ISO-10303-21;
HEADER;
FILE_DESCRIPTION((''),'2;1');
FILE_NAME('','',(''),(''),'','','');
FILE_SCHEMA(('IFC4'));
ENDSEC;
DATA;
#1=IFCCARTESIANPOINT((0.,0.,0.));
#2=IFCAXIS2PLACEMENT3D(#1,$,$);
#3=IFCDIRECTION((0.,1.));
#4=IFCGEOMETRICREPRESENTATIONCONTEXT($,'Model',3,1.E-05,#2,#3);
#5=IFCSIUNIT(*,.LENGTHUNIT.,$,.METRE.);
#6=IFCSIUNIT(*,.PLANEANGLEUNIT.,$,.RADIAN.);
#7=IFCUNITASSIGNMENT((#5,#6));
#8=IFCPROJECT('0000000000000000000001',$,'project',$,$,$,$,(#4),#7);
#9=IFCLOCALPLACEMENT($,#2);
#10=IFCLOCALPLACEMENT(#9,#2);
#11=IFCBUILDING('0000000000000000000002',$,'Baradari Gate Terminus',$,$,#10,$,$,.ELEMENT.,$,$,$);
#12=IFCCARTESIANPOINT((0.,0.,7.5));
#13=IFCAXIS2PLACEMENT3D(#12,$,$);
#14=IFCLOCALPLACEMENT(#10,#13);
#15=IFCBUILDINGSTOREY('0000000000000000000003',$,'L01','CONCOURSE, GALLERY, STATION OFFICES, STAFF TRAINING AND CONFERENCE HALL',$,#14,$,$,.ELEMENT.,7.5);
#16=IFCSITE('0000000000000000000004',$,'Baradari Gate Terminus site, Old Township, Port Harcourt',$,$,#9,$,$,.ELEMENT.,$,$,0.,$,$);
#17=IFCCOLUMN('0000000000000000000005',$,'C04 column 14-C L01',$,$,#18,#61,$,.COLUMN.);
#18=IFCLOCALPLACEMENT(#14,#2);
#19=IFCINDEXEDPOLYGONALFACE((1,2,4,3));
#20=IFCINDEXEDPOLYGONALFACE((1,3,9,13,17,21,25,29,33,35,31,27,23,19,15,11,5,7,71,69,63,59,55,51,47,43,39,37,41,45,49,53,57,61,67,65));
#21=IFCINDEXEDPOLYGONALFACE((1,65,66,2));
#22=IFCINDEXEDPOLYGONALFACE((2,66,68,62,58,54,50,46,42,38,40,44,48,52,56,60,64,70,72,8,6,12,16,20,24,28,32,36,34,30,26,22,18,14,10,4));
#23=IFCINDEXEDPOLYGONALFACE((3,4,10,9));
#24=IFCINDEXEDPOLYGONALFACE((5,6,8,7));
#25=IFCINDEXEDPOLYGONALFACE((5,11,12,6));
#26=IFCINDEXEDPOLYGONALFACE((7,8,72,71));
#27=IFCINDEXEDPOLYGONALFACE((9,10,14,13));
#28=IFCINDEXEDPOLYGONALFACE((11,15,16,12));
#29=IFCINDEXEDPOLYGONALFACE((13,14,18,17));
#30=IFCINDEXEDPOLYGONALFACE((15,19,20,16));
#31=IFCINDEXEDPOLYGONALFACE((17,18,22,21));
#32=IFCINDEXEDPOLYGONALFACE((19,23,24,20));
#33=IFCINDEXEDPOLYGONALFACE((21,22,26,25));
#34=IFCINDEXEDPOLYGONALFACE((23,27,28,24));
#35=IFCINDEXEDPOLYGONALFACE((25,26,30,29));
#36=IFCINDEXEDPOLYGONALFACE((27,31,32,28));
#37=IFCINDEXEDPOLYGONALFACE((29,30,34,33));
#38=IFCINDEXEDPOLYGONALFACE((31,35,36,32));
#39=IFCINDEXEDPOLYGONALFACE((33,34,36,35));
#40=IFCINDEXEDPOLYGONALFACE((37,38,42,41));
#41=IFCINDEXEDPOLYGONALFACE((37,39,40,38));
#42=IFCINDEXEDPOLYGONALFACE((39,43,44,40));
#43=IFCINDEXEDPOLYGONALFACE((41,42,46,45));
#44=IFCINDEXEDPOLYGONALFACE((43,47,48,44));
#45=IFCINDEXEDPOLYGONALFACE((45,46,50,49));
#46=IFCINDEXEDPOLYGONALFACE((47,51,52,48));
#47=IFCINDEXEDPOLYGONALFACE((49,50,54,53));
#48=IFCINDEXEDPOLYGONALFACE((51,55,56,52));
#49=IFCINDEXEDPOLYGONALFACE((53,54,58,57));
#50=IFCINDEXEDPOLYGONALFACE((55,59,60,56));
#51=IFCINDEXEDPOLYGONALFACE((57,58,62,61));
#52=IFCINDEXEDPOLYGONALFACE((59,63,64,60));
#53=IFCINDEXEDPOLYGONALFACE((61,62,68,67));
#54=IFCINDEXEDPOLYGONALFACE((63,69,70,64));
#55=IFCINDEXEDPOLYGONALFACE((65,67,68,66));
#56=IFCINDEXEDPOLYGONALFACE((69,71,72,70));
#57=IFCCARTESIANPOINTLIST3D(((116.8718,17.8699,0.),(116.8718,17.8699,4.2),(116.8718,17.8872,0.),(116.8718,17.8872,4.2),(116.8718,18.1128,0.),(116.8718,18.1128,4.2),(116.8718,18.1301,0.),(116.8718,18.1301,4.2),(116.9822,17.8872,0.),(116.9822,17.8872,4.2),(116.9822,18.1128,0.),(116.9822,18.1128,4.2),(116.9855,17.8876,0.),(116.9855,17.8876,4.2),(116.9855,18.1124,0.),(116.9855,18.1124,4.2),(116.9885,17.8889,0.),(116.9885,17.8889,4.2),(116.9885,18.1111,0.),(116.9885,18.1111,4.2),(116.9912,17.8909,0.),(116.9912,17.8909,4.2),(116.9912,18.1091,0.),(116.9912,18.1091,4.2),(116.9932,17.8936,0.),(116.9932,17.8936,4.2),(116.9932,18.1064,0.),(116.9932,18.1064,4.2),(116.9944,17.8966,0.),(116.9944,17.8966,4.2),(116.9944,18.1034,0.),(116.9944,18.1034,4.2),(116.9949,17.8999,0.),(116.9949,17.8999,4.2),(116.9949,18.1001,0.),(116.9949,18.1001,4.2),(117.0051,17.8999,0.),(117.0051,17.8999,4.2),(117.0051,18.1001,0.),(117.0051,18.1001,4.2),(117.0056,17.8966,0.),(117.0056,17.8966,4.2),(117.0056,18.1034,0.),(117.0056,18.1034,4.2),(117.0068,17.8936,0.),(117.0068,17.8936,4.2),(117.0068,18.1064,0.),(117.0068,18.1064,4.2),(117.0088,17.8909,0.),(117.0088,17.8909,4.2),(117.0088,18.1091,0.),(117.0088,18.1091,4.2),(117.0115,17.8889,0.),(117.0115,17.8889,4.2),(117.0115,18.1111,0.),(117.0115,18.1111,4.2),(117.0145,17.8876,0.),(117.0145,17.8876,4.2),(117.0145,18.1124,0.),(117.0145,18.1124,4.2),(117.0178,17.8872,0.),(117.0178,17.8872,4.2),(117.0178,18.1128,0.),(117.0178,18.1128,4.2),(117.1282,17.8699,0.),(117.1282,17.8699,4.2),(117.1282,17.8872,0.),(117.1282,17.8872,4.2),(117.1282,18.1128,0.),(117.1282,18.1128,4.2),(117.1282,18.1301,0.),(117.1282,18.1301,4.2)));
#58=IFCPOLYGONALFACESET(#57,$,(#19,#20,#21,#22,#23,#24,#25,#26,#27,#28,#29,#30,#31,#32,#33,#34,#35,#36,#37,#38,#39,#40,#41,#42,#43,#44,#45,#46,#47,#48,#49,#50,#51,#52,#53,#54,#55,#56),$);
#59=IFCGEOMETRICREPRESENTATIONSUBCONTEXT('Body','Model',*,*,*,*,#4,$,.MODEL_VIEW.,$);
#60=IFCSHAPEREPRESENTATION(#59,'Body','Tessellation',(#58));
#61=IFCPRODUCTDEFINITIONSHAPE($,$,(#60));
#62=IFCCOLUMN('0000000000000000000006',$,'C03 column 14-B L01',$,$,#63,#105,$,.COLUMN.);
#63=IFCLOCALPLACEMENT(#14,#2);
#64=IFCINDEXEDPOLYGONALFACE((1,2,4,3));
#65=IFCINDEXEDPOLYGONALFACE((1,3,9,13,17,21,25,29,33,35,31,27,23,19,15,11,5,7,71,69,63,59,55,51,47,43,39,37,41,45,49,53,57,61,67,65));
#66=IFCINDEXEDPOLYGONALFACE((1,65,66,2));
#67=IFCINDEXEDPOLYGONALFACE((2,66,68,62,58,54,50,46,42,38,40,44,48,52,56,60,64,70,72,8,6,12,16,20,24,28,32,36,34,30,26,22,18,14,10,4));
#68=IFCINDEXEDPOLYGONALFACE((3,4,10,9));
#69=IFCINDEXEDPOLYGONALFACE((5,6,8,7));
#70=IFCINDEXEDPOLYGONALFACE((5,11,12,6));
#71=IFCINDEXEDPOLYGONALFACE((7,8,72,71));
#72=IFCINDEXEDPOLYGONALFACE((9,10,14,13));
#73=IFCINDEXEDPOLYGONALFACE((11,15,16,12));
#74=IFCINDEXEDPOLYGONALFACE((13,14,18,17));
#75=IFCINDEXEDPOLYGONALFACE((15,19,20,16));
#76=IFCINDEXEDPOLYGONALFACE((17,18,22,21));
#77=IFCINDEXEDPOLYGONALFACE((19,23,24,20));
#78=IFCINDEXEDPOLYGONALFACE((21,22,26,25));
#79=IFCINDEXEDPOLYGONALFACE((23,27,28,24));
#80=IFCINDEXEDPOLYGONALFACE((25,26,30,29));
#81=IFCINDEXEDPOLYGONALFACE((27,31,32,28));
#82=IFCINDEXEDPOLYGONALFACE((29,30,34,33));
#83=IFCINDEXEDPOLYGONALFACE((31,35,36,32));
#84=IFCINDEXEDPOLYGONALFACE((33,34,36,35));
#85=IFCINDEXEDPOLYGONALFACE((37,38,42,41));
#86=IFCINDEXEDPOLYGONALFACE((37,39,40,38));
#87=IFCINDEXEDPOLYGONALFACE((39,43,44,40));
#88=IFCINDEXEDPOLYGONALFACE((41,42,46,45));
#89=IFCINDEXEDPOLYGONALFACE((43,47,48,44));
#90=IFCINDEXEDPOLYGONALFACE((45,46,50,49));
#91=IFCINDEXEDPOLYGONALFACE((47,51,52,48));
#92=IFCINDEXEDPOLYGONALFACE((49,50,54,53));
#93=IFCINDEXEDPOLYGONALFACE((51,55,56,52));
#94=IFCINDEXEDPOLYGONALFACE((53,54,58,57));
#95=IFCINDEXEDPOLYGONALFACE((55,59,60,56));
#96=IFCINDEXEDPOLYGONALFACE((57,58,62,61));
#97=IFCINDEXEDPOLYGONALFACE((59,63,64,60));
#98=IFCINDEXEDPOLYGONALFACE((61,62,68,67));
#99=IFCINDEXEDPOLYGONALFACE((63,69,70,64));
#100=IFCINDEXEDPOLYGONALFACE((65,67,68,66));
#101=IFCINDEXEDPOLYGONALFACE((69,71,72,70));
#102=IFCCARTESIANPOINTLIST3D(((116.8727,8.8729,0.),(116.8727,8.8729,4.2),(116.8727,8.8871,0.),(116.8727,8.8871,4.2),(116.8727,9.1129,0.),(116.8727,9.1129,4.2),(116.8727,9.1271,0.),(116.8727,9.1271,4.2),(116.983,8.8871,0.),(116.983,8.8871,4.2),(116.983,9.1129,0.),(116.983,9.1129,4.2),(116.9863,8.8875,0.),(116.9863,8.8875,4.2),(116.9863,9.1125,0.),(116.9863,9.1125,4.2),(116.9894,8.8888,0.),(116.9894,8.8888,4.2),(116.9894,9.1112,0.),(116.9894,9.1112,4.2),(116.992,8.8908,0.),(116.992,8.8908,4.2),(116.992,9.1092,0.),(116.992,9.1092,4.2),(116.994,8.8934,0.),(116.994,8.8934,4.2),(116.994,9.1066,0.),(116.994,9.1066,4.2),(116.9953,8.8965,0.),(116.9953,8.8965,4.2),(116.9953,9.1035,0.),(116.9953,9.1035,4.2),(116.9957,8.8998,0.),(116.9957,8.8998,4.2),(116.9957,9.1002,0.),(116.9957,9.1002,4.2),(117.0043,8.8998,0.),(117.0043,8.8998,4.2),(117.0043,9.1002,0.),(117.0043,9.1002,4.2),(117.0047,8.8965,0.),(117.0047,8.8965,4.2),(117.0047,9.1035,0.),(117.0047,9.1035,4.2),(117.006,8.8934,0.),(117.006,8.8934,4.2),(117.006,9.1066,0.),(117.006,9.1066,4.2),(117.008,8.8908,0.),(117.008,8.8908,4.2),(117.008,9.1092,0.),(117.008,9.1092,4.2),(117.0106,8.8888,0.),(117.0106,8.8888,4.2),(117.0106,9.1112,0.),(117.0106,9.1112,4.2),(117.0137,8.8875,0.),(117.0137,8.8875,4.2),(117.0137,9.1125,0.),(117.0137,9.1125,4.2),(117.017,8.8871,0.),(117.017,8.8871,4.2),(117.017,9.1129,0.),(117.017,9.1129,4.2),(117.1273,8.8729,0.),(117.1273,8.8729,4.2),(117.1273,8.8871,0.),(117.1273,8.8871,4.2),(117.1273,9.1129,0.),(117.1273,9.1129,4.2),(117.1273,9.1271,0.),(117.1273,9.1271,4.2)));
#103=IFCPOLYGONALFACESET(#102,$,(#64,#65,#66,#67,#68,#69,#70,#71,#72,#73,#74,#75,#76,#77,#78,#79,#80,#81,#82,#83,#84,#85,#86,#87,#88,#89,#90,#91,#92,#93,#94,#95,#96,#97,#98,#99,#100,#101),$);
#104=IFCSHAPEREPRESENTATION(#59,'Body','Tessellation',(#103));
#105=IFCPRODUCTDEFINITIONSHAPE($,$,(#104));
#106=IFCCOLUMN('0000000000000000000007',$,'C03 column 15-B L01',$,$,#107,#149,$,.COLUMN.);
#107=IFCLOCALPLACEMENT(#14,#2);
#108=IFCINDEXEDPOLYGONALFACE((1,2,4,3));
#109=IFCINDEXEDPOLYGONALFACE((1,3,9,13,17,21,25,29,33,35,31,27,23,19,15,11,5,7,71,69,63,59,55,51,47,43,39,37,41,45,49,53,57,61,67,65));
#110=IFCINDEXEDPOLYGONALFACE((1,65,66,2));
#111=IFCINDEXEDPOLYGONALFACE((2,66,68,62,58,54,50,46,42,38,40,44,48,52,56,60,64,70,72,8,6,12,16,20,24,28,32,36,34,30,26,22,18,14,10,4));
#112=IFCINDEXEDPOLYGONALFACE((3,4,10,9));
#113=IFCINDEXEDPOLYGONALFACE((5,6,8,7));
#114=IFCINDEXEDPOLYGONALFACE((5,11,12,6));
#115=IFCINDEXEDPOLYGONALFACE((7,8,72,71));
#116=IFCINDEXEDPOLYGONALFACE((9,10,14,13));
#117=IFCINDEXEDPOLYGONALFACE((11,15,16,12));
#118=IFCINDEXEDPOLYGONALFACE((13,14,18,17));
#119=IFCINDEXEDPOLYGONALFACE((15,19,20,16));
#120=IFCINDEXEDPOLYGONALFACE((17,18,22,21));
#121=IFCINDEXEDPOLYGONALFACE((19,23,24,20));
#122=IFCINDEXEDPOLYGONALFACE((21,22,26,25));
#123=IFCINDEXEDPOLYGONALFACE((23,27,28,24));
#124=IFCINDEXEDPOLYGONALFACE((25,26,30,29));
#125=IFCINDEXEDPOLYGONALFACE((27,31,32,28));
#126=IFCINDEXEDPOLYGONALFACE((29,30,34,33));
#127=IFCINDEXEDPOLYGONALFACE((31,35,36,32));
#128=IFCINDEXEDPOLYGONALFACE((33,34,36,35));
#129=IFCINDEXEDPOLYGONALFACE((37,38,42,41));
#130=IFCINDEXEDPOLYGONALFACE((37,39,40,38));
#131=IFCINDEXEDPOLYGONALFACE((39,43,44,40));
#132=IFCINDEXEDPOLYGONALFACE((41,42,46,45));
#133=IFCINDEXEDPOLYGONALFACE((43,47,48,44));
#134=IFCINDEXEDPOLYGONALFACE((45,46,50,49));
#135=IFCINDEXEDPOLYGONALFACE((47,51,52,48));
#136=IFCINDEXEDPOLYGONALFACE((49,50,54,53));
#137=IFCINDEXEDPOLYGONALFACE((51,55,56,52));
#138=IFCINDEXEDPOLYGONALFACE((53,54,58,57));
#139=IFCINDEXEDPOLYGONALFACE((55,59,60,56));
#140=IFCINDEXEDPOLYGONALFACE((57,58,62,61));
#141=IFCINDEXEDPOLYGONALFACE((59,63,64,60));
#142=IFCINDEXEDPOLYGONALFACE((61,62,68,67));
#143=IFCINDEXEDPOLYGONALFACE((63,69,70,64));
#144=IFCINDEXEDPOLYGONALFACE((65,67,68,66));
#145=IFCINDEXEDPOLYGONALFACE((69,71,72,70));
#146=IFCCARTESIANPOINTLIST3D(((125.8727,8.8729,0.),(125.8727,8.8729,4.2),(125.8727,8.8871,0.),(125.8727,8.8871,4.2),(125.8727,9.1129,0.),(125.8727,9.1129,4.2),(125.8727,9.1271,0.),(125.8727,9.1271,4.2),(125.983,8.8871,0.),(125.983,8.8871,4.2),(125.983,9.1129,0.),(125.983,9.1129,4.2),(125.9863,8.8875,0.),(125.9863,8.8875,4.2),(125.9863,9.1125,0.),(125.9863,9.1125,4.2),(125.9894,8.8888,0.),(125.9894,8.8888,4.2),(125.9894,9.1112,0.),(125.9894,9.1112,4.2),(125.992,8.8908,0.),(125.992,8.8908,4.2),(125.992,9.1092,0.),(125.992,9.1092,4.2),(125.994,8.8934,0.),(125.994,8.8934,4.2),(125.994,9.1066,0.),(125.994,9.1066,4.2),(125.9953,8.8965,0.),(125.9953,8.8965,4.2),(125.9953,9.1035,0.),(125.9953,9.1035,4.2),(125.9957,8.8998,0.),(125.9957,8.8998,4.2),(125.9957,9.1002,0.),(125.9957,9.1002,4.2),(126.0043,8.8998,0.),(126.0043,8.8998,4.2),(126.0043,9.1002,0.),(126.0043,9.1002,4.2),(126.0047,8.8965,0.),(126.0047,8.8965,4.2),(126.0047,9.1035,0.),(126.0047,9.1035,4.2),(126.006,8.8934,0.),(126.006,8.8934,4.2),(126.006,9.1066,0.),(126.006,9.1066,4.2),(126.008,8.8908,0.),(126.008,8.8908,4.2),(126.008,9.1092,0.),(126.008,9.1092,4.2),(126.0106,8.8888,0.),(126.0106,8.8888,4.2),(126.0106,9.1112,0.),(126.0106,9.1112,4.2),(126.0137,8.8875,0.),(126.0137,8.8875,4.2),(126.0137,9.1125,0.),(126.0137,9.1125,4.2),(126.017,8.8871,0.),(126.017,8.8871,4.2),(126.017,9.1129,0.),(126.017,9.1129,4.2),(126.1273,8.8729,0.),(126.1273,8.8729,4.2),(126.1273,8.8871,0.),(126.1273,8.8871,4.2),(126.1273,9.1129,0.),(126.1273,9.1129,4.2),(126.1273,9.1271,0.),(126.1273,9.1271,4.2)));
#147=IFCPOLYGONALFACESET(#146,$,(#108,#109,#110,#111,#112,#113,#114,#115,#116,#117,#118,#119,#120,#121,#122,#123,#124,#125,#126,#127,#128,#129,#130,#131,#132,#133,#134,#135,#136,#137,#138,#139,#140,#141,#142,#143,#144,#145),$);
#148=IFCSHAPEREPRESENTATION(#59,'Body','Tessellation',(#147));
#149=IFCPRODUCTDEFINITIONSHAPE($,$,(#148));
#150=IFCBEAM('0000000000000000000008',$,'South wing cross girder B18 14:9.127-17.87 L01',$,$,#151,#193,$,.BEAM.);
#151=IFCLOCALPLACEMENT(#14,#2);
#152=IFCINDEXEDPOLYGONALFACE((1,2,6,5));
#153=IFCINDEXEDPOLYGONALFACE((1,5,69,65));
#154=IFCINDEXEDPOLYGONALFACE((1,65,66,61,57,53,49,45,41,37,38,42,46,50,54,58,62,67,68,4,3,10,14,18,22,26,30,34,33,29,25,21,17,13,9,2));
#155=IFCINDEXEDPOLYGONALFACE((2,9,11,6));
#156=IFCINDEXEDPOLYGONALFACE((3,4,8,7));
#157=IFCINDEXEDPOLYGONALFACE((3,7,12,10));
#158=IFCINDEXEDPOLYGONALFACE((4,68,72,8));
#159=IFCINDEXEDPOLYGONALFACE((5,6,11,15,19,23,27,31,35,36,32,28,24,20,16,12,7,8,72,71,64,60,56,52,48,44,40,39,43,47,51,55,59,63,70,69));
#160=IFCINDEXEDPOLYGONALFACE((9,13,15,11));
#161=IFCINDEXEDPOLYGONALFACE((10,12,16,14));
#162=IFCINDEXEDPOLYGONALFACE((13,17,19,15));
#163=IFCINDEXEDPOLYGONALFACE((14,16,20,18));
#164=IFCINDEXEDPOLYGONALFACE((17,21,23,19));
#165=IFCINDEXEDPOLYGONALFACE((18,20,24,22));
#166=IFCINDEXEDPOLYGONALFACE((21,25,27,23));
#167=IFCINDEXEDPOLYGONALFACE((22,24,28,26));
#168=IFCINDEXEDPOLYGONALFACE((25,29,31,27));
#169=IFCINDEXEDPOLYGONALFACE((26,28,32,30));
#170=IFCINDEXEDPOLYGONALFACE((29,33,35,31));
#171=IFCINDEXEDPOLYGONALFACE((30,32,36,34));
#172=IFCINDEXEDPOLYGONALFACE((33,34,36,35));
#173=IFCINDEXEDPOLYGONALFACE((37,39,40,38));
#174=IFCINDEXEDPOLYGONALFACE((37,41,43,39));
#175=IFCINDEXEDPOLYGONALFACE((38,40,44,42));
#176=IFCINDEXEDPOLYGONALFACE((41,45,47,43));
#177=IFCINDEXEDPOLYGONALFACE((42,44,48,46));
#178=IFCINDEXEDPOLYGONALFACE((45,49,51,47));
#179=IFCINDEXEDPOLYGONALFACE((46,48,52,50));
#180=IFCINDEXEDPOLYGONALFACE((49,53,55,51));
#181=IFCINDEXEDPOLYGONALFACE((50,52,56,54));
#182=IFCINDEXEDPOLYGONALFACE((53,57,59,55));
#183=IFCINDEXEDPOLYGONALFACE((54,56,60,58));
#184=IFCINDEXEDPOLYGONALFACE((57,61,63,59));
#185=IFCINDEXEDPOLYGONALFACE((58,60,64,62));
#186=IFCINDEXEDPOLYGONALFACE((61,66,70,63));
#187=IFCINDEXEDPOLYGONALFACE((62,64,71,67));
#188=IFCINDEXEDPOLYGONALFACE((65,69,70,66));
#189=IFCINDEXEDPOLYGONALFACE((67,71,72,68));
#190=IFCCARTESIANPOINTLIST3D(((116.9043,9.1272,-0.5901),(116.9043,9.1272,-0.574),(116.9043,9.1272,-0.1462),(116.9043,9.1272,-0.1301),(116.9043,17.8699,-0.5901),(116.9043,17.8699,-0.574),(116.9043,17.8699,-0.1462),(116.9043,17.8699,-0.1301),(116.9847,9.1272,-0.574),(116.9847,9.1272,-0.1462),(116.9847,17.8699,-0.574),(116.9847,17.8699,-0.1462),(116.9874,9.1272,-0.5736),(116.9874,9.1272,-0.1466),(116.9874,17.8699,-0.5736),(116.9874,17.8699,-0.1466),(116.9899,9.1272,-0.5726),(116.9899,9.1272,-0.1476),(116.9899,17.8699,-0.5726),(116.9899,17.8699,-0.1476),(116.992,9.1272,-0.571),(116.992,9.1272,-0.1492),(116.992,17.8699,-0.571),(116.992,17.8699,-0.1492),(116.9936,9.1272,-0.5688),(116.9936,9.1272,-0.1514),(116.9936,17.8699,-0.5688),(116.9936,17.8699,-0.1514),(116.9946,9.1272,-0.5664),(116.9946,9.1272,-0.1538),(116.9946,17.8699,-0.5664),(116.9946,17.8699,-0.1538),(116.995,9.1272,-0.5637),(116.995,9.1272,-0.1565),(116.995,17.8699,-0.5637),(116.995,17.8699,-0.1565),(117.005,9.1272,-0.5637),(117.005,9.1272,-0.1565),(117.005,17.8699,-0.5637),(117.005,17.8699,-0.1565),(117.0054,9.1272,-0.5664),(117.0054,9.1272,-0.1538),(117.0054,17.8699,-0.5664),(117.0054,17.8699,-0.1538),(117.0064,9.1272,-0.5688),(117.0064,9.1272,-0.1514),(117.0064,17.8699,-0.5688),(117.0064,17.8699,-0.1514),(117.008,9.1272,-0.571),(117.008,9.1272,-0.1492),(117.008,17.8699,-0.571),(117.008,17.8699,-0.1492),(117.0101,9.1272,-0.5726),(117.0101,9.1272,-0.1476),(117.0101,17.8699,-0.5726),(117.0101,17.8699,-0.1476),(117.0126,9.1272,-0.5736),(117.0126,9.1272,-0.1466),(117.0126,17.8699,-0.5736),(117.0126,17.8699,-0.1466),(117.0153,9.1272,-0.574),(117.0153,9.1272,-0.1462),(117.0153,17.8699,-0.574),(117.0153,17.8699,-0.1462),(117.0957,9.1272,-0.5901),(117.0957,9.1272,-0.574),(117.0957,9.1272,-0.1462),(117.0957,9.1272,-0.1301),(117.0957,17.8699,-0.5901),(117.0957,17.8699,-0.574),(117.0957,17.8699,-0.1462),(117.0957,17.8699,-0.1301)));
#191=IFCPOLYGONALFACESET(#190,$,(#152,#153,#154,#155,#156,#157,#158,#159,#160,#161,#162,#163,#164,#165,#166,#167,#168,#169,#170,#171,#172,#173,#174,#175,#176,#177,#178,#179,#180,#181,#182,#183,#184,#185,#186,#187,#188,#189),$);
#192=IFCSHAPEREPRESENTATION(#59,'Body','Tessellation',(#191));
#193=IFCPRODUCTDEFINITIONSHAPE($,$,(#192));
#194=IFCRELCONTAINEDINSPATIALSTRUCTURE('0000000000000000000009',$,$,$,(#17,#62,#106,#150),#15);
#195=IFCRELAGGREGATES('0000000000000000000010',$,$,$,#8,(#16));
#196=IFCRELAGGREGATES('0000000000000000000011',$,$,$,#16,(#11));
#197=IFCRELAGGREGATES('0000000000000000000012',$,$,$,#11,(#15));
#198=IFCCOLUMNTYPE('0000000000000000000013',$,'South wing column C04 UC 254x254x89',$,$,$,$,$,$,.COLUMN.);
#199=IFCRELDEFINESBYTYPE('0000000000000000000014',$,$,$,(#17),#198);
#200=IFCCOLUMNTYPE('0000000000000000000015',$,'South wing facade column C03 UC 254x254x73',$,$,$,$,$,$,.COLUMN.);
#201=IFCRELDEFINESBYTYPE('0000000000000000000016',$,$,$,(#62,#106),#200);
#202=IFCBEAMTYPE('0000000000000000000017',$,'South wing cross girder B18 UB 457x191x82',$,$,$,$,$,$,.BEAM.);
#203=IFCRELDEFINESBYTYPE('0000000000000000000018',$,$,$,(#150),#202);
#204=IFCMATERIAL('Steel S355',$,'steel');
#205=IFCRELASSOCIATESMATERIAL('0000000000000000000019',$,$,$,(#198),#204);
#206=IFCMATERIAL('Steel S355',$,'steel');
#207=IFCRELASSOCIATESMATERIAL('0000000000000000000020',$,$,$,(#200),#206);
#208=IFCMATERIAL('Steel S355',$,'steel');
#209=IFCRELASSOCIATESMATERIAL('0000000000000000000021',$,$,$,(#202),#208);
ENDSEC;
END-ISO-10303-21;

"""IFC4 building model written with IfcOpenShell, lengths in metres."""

from ifc_helpers import new_model, si_unit, direction, frame, origin, origin_2d, place, context, subcontext, project, spatial, i_section, extrude, material, material_profile, profile_set, type_object, element, save


model = new_model("IFC4")

# Units and contexts
model_context = context("Model", 3, precision=1e-05, world=origin(), true_north=direction((0.0, 1.0)))
body_context = subcontext(model_context, "Body", "Model", "MODEL_VIEW")
ifc_project = project(units=[si_unit("LENGTHUNIT", "METRE"), si_unit("PLANEANGLEUNIT", "RADIAN")], contexts=[model_context])

# Site, building, storey
site_placement = place(None, origin())
site = spatial("IfcSite", under=ifc_project, at=site_placement, Name="Baradari Gate Terminus site, Old Township, Port Harcourt", CompositionType="ELEMENT", RefElevation=0.0)
building_placement = place(site_placement, origin())
building = spatial("IfcBuilding", under=site, at=building_placement, Name="Baradari Gate Terminus", CompositionType="ELEMENT")
storey_placement = place(building_placement, frame((0.0, 0.0, 7.5)))
storey = spatial("IfcBuildingStorey", under=building, at=storey_placement, Name="L01", Description="CONCOURSE, GALLERY, STATION OFFICES, STAFF TRAINING AND CONFERENCE HALL", CompositionType="ELEMENT", Elevation=7.5)

# Columns
ifc_material_1 = material(Name="Steel S355", Category="steel")
ifc_material_profile_1 = material_profile(ifc_material_1, i_section(OverallWidth=0.2563, OverallDepth=0.2603, WebThickness=0.0103, FlangeThickness=0.0173, FilletRadius=0.0127, at=origin_2d()), Name="UC 254x254x89")
ifc_profile_set_1 = profile_set([ifc_material_profile_1], Name="Steel S355")
column_type_1 = type_object("IfcColumnType", Name="South wing column C04 UC 254x254x89", PredefinedType="COLUMN", material=ifc_profile_set_1)
column_placement = place(storey_placement, frame((117.0, 18.0, 0.0), z_axis=(0.0, 0.0, 1.0), x_axis=(1.0, 0.0, 0.0)))
element("IfcColumn", 1, at=column_placement, inside=storey, type_object=column_type_1, Name="C04 column 14-C L01", PredefinedType="COLUMN", context=body_context, shape_type="SweptSolid", body=[
    extrude(i_section(OverallWidth=0.2563, OverallDepth=0.2603, WebThickness=0.0103, FlangeThickness=0.0173, FilletRadius=0.0127, at=origin_2d()), origin(), (0.0, 0.0, 1.0), 4.2),
])
ifc_material_2 = material(Name="Steel S355", Category="steel")
ifc_material_profile_2 = material_profile(ifc_material_2, i_section(OverallWidth=0.2546, OverallDepth=0.2542, WebThickness=0.0085, FlangeThickness=0.0142, FilletRadius=0.0127, at=origin_2d()), Name="UC 254x254x73")
ifc_profile_set_2 = profile_set([ifc_material_profile_2], Name="Steel S355")
column_type_2 = type_object("IfcColumnType", Name="South wing facade column C03 UC 254x254x73", PredefinedType="COLUMN", material=ifc_profile_set_2)
for number, where, z_axis, x_axis, name in (
    (2, (117.0, 9.0, 0.0), (0.0, 0.0, 1.0), (1.0, 0.0, 0.0), "C03 column 14-B L01"),
    (3, (126.0, 9.0, 0.0), (0.0, 0.0, 1.0), (1.0, 0.0, 0.0), "C03 column 15-B L01"),
):
    element("IfcColumn", number, at=place(storey_placement, frame(where, z_axis=z_axis, x_axis=x_axis)), inside=storey, type_object=column_type_2, Name=name, PredefinedType="COLUMN", context=body_context, shape_type="SweptSolid", body=[
        extrude(i_section(OverallWidth=0.2546, OverallDepth=0.2542, WebThickness=0.0085, FlangeThickness=0.0142, FilletRadius=0.0127, at=origin_2d()), origin(), (0.0, 0.0, 1.0), 4.2),
    ])

# Beam
ifc_material_3 = material(Name="Steel S355", Category="steel")
ifc_material_profile_3 = material_profile(ifc_material_3, i_section(OverallWidth=0.1914, OverallDepth=0.46, WebThickness=0.01, FlangeThickness=0.0161, FilletRadius=0.0103, at=origin_2d()), Name="UB 457x191x82")
ifc_profile_set_3 = profile_set([ifc_material_profile_3], Name="Steel S355")
beam_type_1 = type_object("IfcBeamType", Name="South wing cross girder B18 UB 457x191x82", PredefinedType="BEAM", material=ifc_profile_set_3)
beam_1_placement = place(storey_placement, frame((117.0, 9.1272, -0.3601), z_axis=(0.0, 1.0, 0.0), x_axis=(-1.0, 0.0, 0.0)))
element("IfcBeam", 4, at=beam_1_placement, inside=storey, type_object=beam_type_1, Name="South wing cross girder B18 14:9.127-17.87 L01", PredefinedType="BEAM", context=body_context, shape_type="SweptSolid", body=[
    extrude(i_section(OverallWidth=0.1914, OverallDepth=0.46, WebThickness=0.01, FlangeThickness=0.0161, FilletRadius=0.0103, at=origin_2d()), origin(), (0.0, 0.0, 1.0), 8.7427),
])

save(model, "model.ifc")
